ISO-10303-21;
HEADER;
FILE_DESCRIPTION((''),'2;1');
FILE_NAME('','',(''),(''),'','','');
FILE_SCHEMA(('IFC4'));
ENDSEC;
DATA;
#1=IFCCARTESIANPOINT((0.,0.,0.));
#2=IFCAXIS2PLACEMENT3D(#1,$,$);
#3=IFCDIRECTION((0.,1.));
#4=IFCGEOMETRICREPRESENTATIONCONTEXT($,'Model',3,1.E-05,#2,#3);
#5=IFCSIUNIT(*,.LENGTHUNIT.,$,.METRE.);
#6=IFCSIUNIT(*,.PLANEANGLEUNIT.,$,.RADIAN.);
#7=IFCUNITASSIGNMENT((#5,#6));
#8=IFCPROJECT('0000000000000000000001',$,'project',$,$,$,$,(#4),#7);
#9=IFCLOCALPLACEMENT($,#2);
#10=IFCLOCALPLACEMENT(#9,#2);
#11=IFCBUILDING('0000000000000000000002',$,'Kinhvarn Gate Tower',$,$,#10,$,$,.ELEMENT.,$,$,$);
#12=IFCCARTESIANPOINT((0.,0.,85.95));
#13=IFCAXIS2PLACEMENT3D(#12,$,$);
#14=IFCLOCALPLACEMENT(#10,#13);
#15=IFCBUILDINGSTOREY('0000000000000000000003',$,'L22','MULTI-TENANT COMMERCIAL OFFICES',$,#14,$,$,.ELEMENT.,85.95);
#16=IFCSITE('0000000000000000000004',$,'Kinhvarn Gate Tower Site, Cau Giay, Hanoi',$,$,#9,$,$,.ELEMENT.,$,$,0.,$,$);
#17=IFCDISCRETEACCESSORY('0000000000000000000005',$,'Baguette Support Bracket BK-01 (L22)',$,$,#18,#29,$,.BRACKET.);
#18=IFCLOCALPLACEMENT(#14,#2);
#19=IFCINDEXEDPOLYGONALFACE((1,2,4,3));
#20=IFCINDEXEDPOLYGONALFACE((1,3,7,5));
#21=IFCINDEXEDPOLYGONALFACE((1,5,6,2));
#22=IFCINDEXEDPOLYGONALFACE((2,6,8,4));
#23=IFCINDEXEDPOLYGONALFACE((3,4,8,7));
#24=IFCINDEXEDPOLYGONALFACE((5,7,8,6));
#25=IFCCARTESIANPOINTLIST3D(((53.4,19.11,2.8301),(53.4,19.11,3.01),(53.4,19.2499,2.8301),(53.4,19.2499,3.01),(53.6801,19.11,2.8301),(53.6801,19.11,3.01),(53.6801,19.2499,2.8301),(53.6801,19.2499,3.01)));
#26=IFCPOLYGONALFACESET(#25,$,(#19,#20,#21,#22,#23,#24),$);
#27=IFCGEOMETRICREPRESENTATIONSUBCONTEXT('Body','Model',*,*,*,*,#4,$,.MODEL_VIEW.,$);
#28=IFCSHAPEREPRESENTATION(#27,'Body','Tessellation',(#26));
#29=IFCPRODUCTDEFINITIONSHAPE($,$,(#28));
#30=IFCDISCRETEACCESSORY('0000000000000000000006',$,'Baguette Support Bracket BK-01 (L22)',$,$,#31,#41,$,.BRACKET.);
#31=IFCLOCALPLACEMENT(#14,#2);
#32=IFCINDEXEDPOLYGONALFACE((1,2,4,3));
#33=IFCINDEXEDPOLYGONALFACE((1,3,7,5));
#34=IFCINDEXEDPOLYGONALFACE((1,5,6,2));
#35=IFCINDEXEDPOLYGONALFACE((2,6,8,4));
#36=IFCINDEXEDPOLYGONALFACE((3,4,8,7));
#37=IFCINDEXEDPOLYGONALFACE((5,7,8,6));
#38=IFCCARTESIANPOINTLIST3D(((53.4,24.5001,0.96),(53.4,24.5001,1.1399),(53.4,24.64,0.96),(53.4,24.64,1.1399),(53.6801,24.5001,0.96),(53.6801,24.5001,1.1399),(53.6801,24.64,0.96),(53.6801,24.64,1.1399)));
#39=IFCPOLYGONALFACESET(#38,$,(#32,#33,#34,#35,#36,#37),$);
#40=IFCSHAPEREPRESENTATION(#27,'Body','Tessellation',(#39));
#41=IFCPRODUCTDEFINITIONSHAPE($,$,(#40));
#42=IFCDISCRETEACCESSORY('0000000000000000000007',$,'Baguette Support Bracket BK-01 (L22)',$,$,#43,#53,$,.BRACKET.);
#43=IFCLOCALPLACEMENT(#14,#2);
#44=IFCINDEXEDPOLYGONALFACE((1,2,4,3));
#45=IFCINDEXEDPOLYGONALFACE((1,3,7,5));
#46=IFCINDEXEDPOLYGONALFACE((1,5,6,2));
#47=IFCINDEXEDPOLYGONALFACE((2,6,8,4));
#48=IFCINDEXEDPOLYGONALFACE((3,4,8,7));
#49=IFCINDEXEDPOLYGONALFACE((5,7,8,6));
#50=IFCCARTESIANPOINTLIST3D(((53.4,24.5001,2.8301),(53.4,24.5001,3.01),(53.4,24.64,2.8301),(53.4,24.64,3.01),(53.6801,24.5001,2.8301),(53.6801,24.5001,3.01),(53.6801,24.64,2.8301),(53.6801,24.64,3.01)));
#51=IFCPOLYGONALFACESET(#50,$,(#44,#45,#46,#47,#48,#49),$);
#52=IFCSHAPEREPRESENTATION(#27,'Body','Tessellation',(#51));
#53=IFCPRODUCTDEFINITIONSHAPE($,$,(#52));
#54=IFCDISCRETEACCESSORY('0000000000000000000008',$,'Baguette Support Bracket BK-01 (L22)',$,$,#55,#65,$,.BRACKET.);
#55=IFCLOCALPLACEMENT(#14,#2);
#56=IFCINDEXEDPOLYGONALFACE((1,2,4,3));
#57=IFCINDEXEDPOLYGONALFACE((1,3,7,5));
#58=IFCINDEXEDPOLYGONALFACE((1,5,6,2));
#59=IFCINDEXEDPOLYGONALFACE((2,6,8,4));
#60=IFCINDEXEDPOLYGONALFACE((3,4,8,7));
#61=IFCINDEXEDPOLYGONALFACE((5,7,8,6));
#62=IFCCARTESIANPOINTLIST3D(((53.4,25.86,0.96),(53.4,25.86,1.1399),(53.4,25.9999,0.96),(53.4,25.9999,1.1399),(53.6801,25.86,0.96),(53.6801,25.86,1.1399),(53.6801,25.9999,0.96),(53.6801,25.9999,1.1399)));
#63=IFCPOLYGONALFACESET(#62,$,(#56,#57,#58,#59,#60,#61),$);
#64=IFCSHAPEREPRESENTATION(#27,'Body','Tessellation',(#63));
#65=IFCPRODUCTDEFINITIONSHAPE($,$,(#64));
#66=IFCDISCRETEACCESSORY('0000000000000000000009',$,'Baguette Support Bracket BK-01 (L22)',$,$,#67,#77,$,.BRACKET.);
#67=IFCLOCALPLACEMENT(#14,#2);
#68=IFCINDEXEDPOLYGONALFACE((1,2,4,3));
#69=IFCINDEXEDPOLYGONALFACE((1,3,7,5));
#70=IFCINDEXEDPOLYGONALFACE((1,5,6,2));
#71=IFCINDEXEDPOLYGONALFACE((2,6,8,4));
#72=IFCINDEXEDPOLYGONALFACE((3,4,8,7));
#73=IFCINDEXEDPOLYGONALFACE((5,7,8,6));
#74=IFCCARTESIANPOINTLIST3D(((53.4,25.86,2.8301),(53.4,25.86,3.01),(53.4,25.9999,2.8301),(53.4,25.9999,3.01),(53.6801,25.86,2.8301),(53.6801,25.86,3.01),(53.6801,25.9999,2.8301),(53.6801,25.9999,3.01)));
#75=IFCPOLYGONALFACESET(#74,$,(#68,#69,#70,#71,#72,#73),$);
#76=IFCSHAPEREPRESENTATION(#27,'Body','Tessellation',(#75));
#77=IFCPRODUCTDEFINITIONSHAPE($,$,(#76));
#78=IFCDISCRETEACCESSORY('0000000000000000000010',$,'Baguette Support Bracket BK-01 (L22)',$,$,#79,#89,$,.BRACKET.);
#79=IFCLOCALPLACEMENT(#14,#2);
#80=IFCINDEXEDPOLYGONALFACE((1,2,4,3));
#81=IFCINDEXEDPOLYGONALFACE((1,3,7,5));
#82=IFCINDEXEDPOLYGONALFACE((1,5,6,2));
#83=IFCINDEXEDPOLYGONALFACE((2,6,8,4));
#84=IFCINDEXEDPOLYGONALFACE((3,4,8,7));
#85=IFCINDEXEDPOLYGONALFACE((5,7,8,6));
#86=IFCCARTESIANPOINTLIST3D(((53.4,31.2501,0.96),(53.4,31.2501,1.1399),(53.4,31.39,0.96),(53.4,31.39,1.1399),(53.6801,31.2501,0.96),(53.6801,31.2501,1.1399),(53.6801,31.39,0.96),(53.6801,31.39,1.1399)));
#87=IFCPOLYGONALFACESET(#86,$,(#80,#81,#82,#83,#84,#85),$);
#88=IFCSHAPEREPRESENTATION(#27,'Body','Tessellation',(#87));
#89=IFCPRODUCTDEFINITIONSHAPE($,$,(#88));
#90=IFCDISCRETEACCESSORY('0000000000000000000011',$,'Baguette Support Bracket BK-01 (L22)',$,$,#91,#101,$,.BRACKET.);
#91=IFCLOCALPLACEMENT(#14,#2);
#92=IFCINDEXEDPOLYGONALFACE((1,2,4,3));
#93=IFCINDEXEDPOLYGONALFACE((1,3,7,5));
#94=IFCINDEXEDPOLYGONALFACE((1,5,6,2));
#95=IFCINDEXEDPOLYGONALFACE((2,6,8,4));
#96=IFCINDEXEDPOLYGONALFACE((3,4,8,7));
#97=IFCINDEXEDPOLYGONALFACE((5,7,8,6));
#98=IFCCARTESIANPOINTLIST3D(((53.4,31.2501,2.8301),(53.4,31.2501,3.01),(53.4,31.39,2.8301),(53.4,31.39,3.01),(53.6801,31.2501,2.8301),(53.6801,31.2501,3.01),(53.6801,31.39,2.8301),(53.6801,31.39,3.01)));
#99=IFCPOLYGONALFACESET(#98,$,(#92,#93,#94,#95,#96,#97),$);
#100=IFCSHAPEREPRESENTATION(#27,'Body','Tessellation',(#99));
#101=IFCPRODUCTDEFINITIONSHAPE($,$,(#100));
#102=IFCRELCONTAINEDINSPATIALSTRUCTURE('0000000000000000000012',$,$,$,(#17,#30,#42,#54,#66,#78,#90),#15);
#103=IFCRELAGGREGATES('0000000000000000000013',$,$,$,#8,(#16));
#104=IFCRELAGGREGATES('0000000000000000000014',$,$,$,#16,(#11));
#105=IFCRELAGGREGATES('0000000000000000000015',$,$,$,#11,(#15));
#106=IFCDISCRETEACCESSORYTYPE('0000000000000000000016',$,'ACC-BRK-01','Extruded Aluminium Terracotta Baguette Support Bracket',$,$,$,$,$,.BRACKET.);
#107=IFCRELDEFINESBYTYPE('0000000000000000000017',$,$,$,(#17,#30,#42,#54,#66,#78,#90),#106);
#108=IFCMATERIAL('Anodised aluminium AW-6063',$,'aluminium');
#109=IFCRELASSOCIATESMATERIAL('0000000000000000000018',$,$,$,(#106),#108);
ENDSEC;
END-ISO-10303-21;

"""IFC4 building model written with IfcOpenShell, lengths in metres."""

from ifc_helpers import new_model, si_unit, direction, frame, origin, origin_2d, place, context, subcontext, project, spatial, rectangle, extrude, material, type_object, element, save


model = new_model("IFC4")

# Units and contexts
model_context = context("Model", 3, precision=1e-05, world=origin(), true_north=direction((0.0, 1.0)))
body_context = subcontext(model_context, "Body", "Model", "MODEL_VIEW")
ifc_project = project(units=[si_unit("LENGTHUNIT", "METRE"), si_unit("PLANEANGLEUNIT", "RADIAN")], contexts=[model_context])

# Site, building, storey
site_placement = place(None, origin())
site = spatial("IfcSite", under=ifc_project, at=site_placement, Name="Kinhvarn Gate Tower Site, Cau Giay, Hanoi", CompositionType="ELEMENT", RefElevation=0.0)
building_placement = place(site_placement, origin())
building = spatial("IfcBuilding", under=site, at=building_placement, Name="Kinhvarn Gate Tower", CompositionType="ELEMENT")
storey_placement = place(building_placement, frame((0.0, 0.0, 85.95)))
storey = spatial("IfcBuildingStorey", under=building, at=storey_placement, Name="L22", Description="MULTI-TENANT COMMERCIAL OFFICES", CompositionType="ELEMENT", Elevation=85.95)

# Shared definitions
ifc_material_1 = material(Name="Anodised aluminium AW-6063", Category="aluminium")

# Discrete accessories
discrete_accessory_type = type_object("IfcDiscreteAccessoryType", Name="ACC-BRK-01", Description="Extruded Aluminium Terracotta Baguette Support Bracket", PredefinedType="BRACKET", material=ifc_material_1)
for number, where, z_axis, x_axis, name in (
    (1, (53.54, 19.1799, 2.8301), (0.0, 0.0, 1.0), (0.0, 1.0, 0.0), "Baguette Support Bracket BK-01 (L22)"),
    (2, (53.54, 24.5701, 0.96), (0.0, 0.0, 1.0), (0.0, 1.0, 0.0), "Baguette Support Bracket BK-01 (L22)"),
    (3, (53.54, 24.5701, 2.8301), (0.0, 0.0, 1.0), (0.0, 1.0, 0.0), "Baguette Support Bracket BK-01 (L22)"),
    (4, (53.54, 25.9299, 0.96), (0.0, 0.0, 1.0), (0.0, 1.0, 0.0), "Baguette Support Bracket BK-01 (L22)"),
    (5, (53.54, 25.9299, 2.8301), (0.0, 0.0, 1.0), (0.0, 1.0, 0.0), "Baguette Support Bracket BK-01 (L22)"),
    (6, (53.54, 31.3201, 0.96), (0.0, 0.0, 1.0), (0.0, 1.0, 0.0), "Baguette Support Bracket BK-01 (L22)"),
    (7, (53.54, 31.3201, 2.8301), (0.0, 0.0, 1.0), (0.0, 1.0, 0.0), "Baguette Support Bracket BK-01 (L22)"),
):
    element("IfcDiscreteAccessory", number, at=place(storey_placement, frame(where, z_axis=z_axis, x_axis=x_axis)), inside=storey, type_object=discrete_accessory_type, Name=name, PredefinedType="BRACKET", context=body_context, shape_type="SweptSolid", body=[
        extrude(rectangle(XDim=0.1399, YDim=0.28, at=origin_2d()), origin(), (0.0, 0.0, 1.0), 0.1799),
    ])

save(model, "model.ifc")
